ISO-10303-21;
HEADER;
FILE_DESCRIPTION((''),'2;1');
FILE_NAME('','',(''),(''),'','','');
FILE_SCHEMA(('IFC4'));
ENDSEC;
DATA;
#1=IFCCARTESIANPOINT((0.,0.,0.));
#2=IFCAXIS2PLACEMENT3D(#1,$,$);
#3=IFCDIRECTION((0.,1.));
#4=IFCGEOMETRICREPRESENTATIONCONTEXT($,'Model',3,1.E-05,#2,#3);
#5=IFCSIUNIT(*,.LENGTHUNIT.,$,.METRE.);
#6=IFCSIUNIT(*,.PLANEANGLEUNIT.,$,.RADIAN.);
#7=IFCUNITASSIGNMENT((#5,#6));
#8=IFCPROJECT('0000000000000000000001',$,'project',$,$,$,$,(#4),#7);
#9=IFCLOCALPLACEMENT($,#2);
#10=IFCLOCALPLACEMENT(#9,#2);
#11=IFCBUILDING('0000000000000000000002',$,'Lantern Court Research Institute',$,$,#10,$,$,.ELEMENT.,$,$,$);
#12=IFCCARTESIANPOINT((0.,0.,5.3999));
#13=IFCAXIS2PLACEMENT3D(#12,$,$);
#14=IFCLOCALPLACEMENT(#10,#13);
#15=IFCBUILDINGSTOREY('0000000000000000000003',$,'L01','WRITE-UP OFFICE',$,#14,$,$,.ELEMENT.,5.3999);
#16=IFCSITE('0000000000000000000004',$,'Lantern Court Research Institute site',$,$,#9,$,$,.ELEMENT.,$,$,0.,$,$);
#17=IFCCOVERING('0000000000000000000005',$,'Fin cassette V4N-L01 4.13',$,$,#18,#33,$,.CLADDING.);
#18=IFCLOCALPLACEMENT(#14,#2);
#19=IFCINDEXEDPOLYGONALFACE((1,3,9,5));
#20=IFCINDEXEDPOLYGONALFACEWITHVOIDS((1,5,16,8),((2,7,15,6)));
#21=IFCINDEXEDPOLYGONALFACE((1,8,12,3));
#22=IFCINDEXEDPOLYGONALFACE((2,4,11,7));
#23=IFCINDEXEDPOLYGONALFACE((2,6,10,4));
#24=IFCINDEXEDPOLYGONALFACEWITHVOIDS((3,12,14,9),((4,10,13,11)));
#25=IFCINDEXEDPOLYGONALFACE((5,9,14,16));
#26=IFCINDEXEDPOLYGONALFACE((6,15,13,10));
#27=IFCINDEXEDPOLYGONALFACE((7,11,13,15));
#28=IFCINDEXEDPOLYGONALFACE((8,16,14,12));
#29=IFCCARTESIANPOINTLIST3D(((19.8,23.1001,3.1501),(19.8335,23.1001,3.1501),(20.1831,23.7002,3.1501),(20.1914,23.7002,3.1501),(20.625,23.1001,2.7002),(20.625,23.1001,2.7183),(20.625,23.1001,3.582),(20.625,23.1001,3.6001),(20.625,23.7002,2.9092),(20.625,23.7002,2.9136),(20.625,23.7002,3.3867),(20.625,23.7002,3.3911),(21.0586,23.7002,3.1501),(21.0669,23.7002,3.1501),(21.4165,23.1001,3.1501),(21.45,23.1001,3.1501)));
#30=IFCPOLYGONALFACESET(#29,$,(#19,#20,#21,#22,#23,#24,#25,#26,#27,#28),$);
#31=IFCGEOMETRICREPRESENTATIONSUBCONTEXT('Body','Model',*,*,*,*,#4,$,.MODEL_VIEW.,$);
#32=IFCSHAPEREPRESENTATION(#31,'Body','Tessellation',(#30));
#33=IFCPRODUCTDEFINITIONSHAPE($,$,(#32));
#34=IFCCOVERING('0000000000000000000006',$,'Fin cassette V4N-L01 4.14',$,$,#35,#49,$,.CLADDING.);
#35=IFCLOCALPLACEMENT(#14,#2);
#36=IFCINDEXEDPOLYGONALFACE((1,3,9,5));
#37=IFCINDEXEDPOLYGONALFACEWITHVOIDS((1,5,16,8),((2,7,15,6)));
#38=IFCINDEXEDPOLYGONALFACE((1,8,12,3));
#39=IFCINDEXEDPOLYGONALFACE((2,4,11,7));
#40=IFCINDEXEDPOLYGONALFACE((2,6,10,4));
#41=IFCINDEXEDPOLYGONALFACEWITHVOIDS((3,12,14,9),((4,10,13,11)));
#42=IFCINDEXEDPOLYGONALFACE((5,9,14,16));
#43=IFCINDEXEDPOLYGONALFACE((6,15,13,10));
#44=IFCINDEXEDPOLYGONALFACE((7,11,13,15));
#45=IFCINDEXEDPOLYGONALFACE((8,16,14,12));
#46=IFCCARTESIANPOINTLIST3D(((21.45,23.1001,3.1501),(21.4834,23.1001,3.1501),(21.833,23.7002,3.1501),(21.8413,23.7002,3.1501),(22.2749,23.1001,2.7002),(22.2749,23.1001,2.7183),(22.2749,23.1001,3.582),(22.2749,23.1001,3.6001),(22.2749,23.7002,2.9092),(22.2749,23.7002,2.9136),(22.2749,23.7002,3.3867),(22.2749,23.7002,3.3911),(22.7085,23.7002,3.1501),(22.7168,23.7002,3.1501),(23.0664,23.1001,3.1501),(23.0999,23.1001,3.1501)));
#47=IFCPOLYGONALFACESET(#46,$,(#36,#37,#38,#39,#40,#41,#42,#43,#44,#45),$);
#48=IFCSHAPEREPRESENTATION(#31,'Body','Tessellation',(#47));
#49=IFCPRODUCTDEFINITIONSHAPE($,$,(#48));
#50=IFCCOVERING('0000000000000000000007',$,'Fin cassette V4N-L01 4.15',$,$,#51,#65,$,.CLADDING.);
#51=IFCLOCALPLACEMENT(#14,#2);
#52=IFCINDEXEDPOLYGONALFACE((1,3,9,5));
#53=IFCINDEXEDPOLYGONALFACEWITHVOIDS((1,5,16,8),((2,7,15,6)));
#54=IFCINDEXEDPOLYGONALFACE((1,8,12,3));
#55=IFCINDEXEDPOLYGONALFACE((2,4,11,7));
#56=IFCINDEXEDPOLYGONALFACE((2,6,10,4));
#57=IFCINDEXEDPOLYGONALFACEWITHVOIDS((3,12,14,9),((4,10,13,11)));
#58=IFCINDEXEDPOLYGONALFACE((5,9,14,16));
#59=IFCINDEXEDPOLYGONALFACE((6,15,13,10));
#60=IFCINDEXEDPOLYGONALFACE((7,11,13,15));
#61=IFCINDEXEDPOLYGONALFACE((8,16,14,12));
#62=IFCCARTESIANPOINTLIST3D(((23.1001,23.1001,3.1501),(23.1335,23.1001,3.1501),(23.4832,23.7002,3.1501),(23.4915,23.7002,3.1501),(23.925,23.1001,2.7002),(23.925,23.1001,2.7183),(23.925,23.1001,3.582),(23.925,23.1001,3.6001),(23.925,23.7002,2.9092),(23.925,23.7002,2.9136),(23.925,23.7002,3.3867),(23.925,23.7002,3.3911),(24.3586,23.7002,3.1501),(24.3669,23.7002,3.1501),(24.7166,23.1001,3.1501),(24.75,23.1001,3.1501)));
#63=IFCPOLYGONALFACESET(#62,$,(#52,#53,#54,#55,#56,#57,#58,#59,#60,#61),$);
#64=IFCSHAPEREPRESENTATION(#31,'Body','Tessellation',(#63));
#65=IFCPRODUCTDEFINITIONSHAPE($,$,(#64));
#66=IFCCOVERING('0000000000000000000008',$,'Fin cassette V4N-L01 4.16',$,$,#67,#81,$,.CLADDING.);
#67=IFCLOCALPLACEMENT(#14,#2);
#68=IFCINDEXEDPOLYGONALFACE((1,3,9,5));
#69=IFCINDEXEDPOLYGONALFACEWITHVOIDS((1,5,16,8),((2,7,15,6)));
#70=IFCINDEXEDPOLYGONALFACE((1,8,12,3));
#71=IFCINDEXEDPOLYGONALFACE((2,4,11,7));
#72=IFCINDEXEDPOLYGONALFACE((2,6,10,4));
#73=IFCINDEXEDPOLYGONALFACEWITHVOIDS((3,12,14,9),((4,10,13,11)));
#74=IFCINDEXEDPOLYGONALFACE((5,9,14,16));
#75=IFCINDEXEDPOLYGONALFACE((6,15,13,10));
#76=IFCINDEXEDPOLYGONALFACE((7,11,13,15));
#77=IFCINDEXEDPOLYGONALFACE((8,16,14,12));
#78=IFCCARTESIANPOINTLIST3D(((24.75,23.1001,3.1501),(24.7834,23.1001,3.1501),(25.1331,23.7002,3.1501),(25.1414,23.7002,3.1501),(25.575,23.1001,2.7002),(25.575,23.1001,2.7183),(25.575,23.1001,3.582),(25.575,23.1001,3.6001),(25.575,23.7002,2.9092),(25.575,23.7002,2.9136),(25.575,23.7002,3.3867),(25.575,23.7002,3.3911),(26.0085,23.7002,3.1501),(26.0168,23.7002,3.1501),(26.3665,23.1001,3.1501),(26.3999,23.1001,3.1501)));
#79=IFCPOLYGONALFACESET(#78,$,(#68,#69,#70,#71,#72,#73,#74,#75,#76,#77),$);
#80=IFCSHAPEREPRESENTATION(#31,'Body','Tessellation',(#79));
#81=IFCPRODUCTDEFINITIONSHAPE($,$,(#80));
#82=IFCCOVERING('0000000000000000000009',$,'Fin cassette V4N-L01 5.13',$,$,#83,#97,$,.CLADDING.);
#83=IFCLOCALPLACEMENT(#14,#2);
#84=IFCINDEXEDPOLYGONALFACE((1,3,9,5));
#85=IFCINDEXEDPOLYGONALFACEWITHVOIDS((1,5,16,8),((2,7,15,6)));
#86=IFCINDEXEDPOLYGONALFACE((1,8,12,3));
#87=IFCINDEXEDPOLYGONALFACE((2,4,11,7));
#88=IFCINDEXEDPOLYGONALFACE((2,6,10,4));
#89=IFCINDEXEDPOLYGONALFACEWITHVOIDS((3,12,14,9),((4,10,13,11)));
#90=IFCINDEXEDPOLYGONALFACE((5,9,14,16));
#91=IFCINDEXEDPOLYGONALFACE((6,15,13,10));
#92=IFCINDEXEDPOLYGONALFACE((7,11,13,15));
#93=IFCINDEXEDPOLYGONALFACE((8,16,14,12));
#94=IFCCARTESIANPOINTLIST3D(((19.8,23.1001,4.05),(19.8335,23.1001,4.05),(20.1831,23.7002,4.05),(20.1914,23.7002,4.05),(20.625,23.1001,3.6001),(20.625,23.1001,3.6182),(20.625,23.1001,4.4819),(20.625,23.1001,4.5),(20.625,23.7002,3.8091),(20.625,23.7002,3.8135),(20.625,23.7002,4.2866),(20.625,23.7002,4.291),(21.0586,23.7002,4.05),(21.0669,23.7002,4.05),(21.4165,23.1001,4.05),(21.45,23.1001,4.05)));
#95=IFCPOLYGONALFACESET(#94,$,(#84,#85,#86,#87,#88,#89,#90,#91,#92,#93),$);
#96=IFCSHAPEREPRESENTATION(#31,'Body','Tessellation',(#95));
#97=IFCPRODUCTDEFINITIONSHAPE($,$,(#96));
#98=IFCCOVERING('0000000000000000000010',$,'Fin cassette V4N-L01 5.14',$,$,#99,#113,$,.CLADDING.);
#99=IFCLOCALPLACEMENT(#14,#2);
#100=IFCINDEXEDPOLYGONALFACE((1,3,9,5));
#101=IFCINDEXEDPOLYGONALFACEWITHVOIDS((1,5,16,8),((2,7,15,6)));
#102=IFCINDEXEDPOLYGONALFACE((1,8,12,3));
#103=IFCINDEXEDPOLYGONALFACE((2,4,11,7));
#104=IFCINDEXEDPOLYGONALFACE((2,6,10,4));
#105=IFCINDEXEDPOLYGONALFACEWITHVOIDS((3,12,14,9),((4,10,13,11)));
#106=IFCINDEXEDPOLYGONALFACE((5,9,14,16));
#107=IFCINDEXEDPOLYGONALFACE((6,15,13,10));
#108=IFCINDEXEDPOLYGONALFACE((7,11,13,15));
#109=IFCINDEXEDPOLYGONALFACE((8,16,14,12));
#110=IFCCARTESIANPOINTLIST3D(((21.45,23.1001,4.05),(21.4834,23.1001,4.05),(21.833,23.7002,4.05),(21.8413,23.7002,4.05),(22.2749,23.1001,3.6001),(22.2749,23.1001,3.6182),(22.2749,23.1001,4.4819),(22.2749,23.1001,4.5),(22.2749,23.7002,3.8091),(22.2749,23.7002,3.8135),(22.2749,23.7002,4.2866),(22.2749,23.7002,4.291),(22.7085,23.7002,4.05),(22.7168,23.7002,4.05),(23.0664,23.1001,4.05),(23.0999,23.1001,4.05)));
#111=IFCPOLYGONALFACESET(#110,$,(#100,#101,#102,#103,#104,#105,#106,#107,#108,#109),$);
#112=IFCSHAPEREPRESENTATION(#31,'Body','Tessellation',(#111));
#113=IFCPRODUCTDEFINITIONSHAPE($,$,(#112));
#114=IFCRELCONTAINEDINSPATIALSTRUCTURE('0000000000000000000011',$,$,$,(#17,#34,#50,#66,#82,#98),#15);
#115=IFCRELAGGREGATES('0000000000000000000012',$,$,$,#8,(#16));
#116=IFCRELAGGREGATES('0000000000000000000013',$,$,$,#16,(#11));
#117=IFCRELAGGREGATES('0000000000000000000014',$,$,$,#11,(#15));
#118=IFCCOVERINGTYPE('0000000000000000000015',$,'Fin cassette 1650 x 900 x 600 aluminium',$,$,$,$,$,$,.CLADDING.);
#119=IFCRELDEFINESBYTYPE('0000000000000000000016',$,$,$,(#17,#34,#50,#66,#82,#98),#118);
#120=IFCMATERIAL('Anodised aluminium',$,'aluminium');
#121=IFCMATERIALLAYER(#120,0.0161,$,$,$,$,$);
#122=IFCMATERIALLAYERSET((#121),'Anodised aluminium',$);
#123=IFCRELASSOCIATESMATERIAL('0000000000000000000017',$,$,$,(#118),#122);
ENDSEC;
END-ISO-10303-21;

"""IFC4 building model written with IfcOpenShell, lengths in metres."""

from ifc_helpers import new_model, entity, si_unit, direction, frame, origin, place, context, subcontext, project, spatial, material, layer, layer_set, type_object, element, save


model = new_model("IFC4")

# Units and contexts
model_context = context("Model", 3, precision=1e-05, world=origin(), true_north=direction((0.0, 1.0)))
body_context = subcontext(model_context, "Body", "Model", "MODEL_VIEW")
ifc_project = project(units=[si_unit("LENGTHUNIT", "METRE"), si_unit("PLANEANGLEUNIT", "RADIAN")], contexts=[model_context])

# Site, building, storey
site_placement = place(None, origin())
site = spatial("IfcSite", under=ifc_project, at=site_placement, Name="Lantern Court Research Institute site", CompositionType="ELEMENT", RefElevation=0.0)
building_placement = place(site_placement, origin())
building = spatial("IfcBuilding", under=site, at=building_placement, Name="Lantern Court Research Institute", CompositionType="ELEMENT")
storey_placement = place(building_placement, frame((0.0, 0.0, 5.3999)))
storey = spatial("IfcBuildingStorey", under=building, at=storey_placement, Name="L01", Description="WRITE-UP OFFICE", CompositionType="ELEMENT", Elevation=5.3999)

# Coverings
ifc_material_1 = material(Name="Anodised aluminium", Category="aluminium")
ifc_layer_1 = layer(ifc_material_1, 0.0161)
ifc_layer_set_1 = layer_set([ifc_layer_1], Name="Anodised aluminium")
covering_type = type_object("IfcCoveringType", Name="Fin cassette 1650 x 900 x 600 aluminium", PredefinedType="CLADDING", material=ifc_layer_set_1)
covering_1_placement = place(storey_placement, frame((20.625, 23.1001, 3.1501), z_axis=(0.0, 1.0, 0.0), x_axis=(-1.0, 0.0, 0.0)))
cartesian_point_1 = entity("IfcCartesianPoint", [0.825, 0.0])
cartesian_point_2 = entity("IfcCartesianPoint", [0.7915, 0.0])
cartesian_point_3 = entity("IfcCartesianPoint", [0.4419, 0.0])
cartesian_point_4 = entity("IfcCartesianPoint", [0.4336, 0.0])
element("IfcCovering", 1, at=covering_1_placement, inside=storey, type_object=covering_type, Name="Fin cassette V4N-L01 4.13", PredefinedType="CLADDING", context=body_context, shape_type="SweptSolid", body=[
    entity("IfcExtrudedAreaSolidTapered", entity("IfcArbitraryProfileDefWithVoids", "AREA", None, entity("IfcPolyline", [cartesian_point_1, entity("IfcCartesianPoint", [0.0, 0.45]), entity("IfcCartesianPoint", [-0.825, 0.0]), entity("IfcCartesianPoint", [0.0, -0.45]), cartesian_point_1]), [entity("IfcPolyline", [cartesian_point_2, entity("IfcCartesianPoint", [0.0, 0.4319]), entity("IfcCartesianPoint", [-0.7915, 0.0]), entity("IfcCartesianPoint", [0.0, -0.4319]), cartesian_point_2])]), entity("IfcAxis2Placement3D", entity("IfcCartesianPoint", [0.0, 0.0, 0.0])), entity("IfcDirection", [0.0, 0.0, 1.0]), 0.6001, entity("IfcArbitraryProfileDefWithVoids", "AREA", None, entity("IfcPolyline", [cartesian_point_3, entity("IfcCartesianPoint", [0.0, 0.241]), entity("IfcCartesianPoint", [-0.4419, 0.0]), entity("IfcCartesianPoint", [0.0, -0.241]), cartesian_point_3]), [entity("IfcPolyline", [cartesian_point_4, entity("IfcCartesianPoint", [0.0, 0.2366]), entity("IfcCartesianPoint", [-0.4336, 0.0]), entity("IfcCartesianPoint", [0.0, -0.2366]), cartesian_point_4])])),
])
covering_2_placement = place(storey_placement, frame((22.2749, 23.1001, 3.1501), z_axis=(0.0, 1.0, 0.0), x_axis=(-1.0, 0.0, 0.0)))
cartesian_point_5 = entity("IfcCartesianPoint", [0.825, 0.0])
cartesian_point_6 = entity("IfcCartesianPoint", [0.7915, 0.0])
cartesian_point_7 = entity("IfcCartesianPoint", [0.4419, 0.0])
cartesian_point_8 = entity("IfcCartesianPoint", [0.4336, 0.0])
element("IfcCovering", 2, at=covering_2_placement, inside=storey, type_object=covering_type, Name="Fin cassette V4N-L01 4.14", PredefinedType="CLADDING", context=body_context, shape_type="SweptSolid", body=[
    entity("IfcExtrudedAreaSolidTapered", entity("IfcArbitraryProfileDefWithVoids", "AREA", None, entity("IfcPolyline", [cartesian_point_5, entity("IfcCartesianPoint", [0.0, 0.45]), entity("IfcCartesianPoint", [-0.825, 0.0]), entity("IfcCartesianPoint", [0.0, -0.45]), cartesian_point_5]), [entity("IfcPolyline", [cartesian_point_6, entity("IfcCartesianPoint", [0.0, 0.4319]), entity("IfcCartesianPoint", [-0.7915, 0.0]), entity("IfcCartesianPoint", [0.0, -0.4319]), cartesian_point_6])]), entity("IfcAxis2Placement3D", entity("IfcCartesianPoint", [0.0, 0.0, 0.0])), entity("IfcDirection", [0.0, 0.0, 1.0]), 0.6001, entity("IfcArbitraryProfileDefWithVoids", "AREA", None, entity("IfcPolyline", [cartesian_point_7, entity("IfcCartesianPoint", [0.0, 0.241]), entity("IfcCartesianPoint", [-0.4419, 0.0]), entity("IfcCartesianPoint", [0.0, -0.241]), cartesian_point_7]), [entity("IfcPolyline", [cartesian_point_8, entity("IfcCartesianPoint", [0.0, 0.2366]), entity("IfcCartesianPoint", [-0.4336, 0.0]), entity("IfcCartesianPoint", [0.0, -0.2366]), cartesian_point_8])])),
])
covering_3_placement = place(storey_placement, frame((23.925, 23.1001, 3.1501), z_axis=(0.0, 1.0, 0.0), x_axis=(-1.0, 0.0, 0.0)))
cartesian_point_9 = entity("IfcCartesianPoint", [0.825, 0.0])
cartesian_point_10 = entity("IfcCartesianPoint", [0.7915, 0.0])
cartesian_point_11 = entity("IfcCartesianPoint", [0.4419, 0.0])
cartesian_point_12 = entity("IfcCartesianPoint", [0.4336, 0.0])
element("IfcCovering", 3, at=covering_3_placement, inside=storey, type_object=covering_type, Name="Fin cassette V4N-L01 4.15", PredefinedType="CLADDING", context=body_context, shape_type="SweptSolid", body=[
    entity("IfcExtrudedAreaSolidTapered", entity("IfcArbitraryProfileDefWithVoids", "AREA", None, entity("IfcPolyline", [cartesian_point_9, entity("IfcCartesianPoint", [0.0, 0.45]), entity("IfcCartesianPoint", [-0.825, 0.0]), entity("IfcCartesianPoint", [0.0, -0.45]), cartesian_point_9]), [entity("IfcPolyline", [cartesian_point_10, entity("IfcCartesianPoint", [0.0, 0.4319]), entity("IfcCartesianPoint", [-0.7915, 0.0]), entity("IfcCartesianPoint", [0.0, -0.4319]), cartesian_point_10])]), entity("IfcAxis2Placement3D", entity("IfcCartesianPoint", [0.0, 0.0, 0.0])), entity("IfcDirection", [0.0, 0.0, 1.0]), 0.6001, entity("IfcArbitraryProfileDefWithVoids", "AREA", None, entity("IfcPolyline", [cartesian_point_11, entity("IfcCartesianPoint", [0.0, 0.241]), entity("IfcCartesianPoint", [-0.4419, 0.0]), entity("IfcCartesianPoint", [0.0, -0.241]), cartesian_point_11]), [entity("IfcPolyline", [cartesian_point_12, entity("IfcCartesianPoint", [0.0, 0.2366]), entity("IfcCartesianPoint", [-0.4336, 0.0]), entity("IfcCartesianPoint", [0.0, -0.2366]), cartesian_point_12])])),
])
covering_4_placement = place(storey_placement, frame((25.575, 23.1001, 3.1501), z_axis=(0.0, 1.0, 0.0), x_axis=(-1.0, 0.0, 0.0)))
cartesian_point_13 = entity("IfcCartesianPoint", [0.825, 0.0])
cartesian_point_14 = entity("IfcCartesianPoint", [0.7915, 0.0])
cartesian_point_15 = entity("IfcCartesianPoint", [0.4419, 0.0])
cartesian_point_16 = entity("IfcCartesianPoint", [0.4336, 0.0])
element("IfcCovering", 4, at=covering_4_placement, inside=storey, type_object=covering_type, Name="Fin cassette V4N-L01 4.16", PredefinedType="CLADDING", context=body_context, shape_type="SweptSolid", body=[
    entity("IfcExtrudedAreaSolidTapered", entity("IfcArbitraryProfileDefWithVoids", "AREA", None, entity("IfcPolyline", [cartesian_point_13, entity("IfcCartesianPoint", [0.0, 0.45]), entity("IfcCartesianPoint", [-0.825, 0.0]), entity("IfcCartesianPoint", [0.0, -0.45]), cartesian_point_13]), [entity("IfcPolyline", [cartesian_point_14, entity("IfcCartesianPoint", [0.0, 0.4319]), entity("IfcCartesianPoint", [-0.7915, 0.0]), entity("IfcCartesianPoint", [0.0, -0.4319]), cartesian_point_14])]), entity("IfcAxis2Placement3D", entity("IfcCartesianPoint", [0.0, 0.0, 0.0])), entity("IfcDirection", [0.0, 0.0, 1.0]), 0.6001, entity("IfcArbitraryProfileDefWithVoids", "AREA", None, entity("IfcPolyline", [cartesian_point_15, entity("IfcCartesianPoint", [0.0, 0.241]), entity("IfcCartesianPoint", [-0.4419, 0.0]), entity("IfcCartesianPoint", [0.0, -0.241]), cartesian_point_15]), [entity("IfcPolyline", [cartesian_point_16, entity("IfcCartesianPoint", [0.0, 0.2366]), entity("IfcCartesianPoint", [-0.4336, 0.0]), entity("IfcCartesianPoint", [0.0, -0.2366]), cartesian_point_16])])),
])
covering_5_placement = place(storey_placement, frame((20.625, 23.1001, 4.05), z_axis=(0.0, 1.0, 0.0), x_axis=(-1.0, 0.0, 0.0)))
cartesian_point_17 = entity("IfcCartesianPoint", [0.825, 0.0])
cartesian_point_18 = entity("IfcCartesianPoint", [0.7915, 0.0])
cartesian_point_19 = entity("IfcCartesianPoint", [0.4419, 0.0])
cartesian_point_20 = entity("IfcCartesianPoint", [0.4336, 0.0])
element("IfcCovering", 5, at=covering_5_placement, inside=storey, type_object=covering_type, Name="Fin cassette V4N-L01 5.13", PredefinedType="CLADDING", context=body_context, shape_type="SweptSolid", body=[
    entity("IfcExtrudedAreaSolidTapered", entity("IfcArbitraryProfileDefWithVoids", "AREA", None, entity("IfcPolyline", [cartesian_point_17, entity("IfcCartesianPoint", [0.0, 0.45]), entity("IfcCartesianPoint", [-0.825, 0.0]), entity("IfcCartesianPoint", [0.0, -0.45]), cartesian_point_17]), [entity("IfcPolyline", [cartesian_point_18, entity("IfcCartesianPoint", [0.0, 0.4319]), entity("IfcCartesianPoint", [-0.7915, 0.0]), entity("IfcCartesianPoint", [0.0, -0.4319]), cartesian_point_18])]), entity("IfcAxis2Placement3D", entity("IfcCartesianPoint", [0.0, 0.0, 0.0])), entity("IfcDirection", [0.0, 0.0, 1.0]), 0.6001, entity("IfcArbitraryProfileDefWithVoids", "AREA", None, entity("IfcPolyline", [cartesian_point_19, entity("IfcCartesianPoint", [0.0, 0.241]), entity("IfcCartesianPoint", [-0.4419, 0.0]), entity("IfcCartesianPoint", [0.0, -0.241]), cartesian_point_19]), [entity("IfcPolyline", [cartesian_point_20, entity("IfcCartesianPoint", [0.0, 0.2366]), entity("IfcCartesianPoint", [-0.4336, 0.0]), entity("IfcCartesianPoint", [0.0, -0.2366]), cartesian_point_20])])),
])
covering_6_placement = place(storey_placement, frame((22.2749, 23.1001, 4.05), z_axis=(0.0, 1.0, 0.0), x_axis=(-1.0, 0.0, 0.0)))
cartesian_point_21 = entity("IfcCartesianPoint", [0.825, 0.0])
cartesian_point_22 = entity("IfcCartesianPoint", [0.7915, 0.0])
cartesian_point_23 = entity("IfcCartesianPoint", [0.4419, 0.0])
cartesian_point_24 = entity("IfcCartesianPoint", [0.4336, 0.0])
element("IfcCovering", 6, at=covering_6_placement, inside=storey, type_object=covering_type, Name="Fin cassette V4N-L01 5.14", PredefinedType="CLADDING", context=body_context, shape_type="SweptSolid", body=[
    entity("IfcExtrudedAreaSolidTapered", entity("IfcArbitraryProfileDefWithVoids", "AREA", None, entity("IfcPolyline", [cartesian_point_21, entity("IfcCartesianPoint", [0.0, 0.45]), entity("IfcCartesianPoint", [-0.825, 0.0]), entity("IfcCartesianPoint", [0.0, -0.45]), cartesian_point_21]), [entity("IfcPolyline", [cartesian_point_22, entity("IfcCartesianPoint", [0.0, 0.4319]), entity("IfcCartesianPoint", [-0.7915, 0.0]), entity("IfcCartesianPoint", [0.0, -0.4319]), cartesian_point_22])]), entity("IfcAxis2Placement3D", entity("IfcCartesianPoint", [0.0, 0.0, 0.0])), entity("IfcDirection", [0.0, 0.0, 1.0]), 0.6001, entity("IfcArbitraryProfileDefWithVoids", "AREA", None, entity("IfcPolyline", [cartesian_point_23, entity("IfcCartesianPoint", [0.0, 0.241]), entity("IfcCartesianPoint", [-0.4419, 0.0]), entity("IfcCartesianPoint", [0.0, -0.241]), cartesian_point_23]), [entity("IfcPolyline", [cartesian_point_24, entity("IfcCartesianPoint", [0.0, 0.2366]), entity("IfcCartesianPoint", [-0.4336, 0.0]), entity("IfcCartesianPoint", [0.0, -0.2366]), cartesian_point_24])])),
])

save(model, "model.ifc")
